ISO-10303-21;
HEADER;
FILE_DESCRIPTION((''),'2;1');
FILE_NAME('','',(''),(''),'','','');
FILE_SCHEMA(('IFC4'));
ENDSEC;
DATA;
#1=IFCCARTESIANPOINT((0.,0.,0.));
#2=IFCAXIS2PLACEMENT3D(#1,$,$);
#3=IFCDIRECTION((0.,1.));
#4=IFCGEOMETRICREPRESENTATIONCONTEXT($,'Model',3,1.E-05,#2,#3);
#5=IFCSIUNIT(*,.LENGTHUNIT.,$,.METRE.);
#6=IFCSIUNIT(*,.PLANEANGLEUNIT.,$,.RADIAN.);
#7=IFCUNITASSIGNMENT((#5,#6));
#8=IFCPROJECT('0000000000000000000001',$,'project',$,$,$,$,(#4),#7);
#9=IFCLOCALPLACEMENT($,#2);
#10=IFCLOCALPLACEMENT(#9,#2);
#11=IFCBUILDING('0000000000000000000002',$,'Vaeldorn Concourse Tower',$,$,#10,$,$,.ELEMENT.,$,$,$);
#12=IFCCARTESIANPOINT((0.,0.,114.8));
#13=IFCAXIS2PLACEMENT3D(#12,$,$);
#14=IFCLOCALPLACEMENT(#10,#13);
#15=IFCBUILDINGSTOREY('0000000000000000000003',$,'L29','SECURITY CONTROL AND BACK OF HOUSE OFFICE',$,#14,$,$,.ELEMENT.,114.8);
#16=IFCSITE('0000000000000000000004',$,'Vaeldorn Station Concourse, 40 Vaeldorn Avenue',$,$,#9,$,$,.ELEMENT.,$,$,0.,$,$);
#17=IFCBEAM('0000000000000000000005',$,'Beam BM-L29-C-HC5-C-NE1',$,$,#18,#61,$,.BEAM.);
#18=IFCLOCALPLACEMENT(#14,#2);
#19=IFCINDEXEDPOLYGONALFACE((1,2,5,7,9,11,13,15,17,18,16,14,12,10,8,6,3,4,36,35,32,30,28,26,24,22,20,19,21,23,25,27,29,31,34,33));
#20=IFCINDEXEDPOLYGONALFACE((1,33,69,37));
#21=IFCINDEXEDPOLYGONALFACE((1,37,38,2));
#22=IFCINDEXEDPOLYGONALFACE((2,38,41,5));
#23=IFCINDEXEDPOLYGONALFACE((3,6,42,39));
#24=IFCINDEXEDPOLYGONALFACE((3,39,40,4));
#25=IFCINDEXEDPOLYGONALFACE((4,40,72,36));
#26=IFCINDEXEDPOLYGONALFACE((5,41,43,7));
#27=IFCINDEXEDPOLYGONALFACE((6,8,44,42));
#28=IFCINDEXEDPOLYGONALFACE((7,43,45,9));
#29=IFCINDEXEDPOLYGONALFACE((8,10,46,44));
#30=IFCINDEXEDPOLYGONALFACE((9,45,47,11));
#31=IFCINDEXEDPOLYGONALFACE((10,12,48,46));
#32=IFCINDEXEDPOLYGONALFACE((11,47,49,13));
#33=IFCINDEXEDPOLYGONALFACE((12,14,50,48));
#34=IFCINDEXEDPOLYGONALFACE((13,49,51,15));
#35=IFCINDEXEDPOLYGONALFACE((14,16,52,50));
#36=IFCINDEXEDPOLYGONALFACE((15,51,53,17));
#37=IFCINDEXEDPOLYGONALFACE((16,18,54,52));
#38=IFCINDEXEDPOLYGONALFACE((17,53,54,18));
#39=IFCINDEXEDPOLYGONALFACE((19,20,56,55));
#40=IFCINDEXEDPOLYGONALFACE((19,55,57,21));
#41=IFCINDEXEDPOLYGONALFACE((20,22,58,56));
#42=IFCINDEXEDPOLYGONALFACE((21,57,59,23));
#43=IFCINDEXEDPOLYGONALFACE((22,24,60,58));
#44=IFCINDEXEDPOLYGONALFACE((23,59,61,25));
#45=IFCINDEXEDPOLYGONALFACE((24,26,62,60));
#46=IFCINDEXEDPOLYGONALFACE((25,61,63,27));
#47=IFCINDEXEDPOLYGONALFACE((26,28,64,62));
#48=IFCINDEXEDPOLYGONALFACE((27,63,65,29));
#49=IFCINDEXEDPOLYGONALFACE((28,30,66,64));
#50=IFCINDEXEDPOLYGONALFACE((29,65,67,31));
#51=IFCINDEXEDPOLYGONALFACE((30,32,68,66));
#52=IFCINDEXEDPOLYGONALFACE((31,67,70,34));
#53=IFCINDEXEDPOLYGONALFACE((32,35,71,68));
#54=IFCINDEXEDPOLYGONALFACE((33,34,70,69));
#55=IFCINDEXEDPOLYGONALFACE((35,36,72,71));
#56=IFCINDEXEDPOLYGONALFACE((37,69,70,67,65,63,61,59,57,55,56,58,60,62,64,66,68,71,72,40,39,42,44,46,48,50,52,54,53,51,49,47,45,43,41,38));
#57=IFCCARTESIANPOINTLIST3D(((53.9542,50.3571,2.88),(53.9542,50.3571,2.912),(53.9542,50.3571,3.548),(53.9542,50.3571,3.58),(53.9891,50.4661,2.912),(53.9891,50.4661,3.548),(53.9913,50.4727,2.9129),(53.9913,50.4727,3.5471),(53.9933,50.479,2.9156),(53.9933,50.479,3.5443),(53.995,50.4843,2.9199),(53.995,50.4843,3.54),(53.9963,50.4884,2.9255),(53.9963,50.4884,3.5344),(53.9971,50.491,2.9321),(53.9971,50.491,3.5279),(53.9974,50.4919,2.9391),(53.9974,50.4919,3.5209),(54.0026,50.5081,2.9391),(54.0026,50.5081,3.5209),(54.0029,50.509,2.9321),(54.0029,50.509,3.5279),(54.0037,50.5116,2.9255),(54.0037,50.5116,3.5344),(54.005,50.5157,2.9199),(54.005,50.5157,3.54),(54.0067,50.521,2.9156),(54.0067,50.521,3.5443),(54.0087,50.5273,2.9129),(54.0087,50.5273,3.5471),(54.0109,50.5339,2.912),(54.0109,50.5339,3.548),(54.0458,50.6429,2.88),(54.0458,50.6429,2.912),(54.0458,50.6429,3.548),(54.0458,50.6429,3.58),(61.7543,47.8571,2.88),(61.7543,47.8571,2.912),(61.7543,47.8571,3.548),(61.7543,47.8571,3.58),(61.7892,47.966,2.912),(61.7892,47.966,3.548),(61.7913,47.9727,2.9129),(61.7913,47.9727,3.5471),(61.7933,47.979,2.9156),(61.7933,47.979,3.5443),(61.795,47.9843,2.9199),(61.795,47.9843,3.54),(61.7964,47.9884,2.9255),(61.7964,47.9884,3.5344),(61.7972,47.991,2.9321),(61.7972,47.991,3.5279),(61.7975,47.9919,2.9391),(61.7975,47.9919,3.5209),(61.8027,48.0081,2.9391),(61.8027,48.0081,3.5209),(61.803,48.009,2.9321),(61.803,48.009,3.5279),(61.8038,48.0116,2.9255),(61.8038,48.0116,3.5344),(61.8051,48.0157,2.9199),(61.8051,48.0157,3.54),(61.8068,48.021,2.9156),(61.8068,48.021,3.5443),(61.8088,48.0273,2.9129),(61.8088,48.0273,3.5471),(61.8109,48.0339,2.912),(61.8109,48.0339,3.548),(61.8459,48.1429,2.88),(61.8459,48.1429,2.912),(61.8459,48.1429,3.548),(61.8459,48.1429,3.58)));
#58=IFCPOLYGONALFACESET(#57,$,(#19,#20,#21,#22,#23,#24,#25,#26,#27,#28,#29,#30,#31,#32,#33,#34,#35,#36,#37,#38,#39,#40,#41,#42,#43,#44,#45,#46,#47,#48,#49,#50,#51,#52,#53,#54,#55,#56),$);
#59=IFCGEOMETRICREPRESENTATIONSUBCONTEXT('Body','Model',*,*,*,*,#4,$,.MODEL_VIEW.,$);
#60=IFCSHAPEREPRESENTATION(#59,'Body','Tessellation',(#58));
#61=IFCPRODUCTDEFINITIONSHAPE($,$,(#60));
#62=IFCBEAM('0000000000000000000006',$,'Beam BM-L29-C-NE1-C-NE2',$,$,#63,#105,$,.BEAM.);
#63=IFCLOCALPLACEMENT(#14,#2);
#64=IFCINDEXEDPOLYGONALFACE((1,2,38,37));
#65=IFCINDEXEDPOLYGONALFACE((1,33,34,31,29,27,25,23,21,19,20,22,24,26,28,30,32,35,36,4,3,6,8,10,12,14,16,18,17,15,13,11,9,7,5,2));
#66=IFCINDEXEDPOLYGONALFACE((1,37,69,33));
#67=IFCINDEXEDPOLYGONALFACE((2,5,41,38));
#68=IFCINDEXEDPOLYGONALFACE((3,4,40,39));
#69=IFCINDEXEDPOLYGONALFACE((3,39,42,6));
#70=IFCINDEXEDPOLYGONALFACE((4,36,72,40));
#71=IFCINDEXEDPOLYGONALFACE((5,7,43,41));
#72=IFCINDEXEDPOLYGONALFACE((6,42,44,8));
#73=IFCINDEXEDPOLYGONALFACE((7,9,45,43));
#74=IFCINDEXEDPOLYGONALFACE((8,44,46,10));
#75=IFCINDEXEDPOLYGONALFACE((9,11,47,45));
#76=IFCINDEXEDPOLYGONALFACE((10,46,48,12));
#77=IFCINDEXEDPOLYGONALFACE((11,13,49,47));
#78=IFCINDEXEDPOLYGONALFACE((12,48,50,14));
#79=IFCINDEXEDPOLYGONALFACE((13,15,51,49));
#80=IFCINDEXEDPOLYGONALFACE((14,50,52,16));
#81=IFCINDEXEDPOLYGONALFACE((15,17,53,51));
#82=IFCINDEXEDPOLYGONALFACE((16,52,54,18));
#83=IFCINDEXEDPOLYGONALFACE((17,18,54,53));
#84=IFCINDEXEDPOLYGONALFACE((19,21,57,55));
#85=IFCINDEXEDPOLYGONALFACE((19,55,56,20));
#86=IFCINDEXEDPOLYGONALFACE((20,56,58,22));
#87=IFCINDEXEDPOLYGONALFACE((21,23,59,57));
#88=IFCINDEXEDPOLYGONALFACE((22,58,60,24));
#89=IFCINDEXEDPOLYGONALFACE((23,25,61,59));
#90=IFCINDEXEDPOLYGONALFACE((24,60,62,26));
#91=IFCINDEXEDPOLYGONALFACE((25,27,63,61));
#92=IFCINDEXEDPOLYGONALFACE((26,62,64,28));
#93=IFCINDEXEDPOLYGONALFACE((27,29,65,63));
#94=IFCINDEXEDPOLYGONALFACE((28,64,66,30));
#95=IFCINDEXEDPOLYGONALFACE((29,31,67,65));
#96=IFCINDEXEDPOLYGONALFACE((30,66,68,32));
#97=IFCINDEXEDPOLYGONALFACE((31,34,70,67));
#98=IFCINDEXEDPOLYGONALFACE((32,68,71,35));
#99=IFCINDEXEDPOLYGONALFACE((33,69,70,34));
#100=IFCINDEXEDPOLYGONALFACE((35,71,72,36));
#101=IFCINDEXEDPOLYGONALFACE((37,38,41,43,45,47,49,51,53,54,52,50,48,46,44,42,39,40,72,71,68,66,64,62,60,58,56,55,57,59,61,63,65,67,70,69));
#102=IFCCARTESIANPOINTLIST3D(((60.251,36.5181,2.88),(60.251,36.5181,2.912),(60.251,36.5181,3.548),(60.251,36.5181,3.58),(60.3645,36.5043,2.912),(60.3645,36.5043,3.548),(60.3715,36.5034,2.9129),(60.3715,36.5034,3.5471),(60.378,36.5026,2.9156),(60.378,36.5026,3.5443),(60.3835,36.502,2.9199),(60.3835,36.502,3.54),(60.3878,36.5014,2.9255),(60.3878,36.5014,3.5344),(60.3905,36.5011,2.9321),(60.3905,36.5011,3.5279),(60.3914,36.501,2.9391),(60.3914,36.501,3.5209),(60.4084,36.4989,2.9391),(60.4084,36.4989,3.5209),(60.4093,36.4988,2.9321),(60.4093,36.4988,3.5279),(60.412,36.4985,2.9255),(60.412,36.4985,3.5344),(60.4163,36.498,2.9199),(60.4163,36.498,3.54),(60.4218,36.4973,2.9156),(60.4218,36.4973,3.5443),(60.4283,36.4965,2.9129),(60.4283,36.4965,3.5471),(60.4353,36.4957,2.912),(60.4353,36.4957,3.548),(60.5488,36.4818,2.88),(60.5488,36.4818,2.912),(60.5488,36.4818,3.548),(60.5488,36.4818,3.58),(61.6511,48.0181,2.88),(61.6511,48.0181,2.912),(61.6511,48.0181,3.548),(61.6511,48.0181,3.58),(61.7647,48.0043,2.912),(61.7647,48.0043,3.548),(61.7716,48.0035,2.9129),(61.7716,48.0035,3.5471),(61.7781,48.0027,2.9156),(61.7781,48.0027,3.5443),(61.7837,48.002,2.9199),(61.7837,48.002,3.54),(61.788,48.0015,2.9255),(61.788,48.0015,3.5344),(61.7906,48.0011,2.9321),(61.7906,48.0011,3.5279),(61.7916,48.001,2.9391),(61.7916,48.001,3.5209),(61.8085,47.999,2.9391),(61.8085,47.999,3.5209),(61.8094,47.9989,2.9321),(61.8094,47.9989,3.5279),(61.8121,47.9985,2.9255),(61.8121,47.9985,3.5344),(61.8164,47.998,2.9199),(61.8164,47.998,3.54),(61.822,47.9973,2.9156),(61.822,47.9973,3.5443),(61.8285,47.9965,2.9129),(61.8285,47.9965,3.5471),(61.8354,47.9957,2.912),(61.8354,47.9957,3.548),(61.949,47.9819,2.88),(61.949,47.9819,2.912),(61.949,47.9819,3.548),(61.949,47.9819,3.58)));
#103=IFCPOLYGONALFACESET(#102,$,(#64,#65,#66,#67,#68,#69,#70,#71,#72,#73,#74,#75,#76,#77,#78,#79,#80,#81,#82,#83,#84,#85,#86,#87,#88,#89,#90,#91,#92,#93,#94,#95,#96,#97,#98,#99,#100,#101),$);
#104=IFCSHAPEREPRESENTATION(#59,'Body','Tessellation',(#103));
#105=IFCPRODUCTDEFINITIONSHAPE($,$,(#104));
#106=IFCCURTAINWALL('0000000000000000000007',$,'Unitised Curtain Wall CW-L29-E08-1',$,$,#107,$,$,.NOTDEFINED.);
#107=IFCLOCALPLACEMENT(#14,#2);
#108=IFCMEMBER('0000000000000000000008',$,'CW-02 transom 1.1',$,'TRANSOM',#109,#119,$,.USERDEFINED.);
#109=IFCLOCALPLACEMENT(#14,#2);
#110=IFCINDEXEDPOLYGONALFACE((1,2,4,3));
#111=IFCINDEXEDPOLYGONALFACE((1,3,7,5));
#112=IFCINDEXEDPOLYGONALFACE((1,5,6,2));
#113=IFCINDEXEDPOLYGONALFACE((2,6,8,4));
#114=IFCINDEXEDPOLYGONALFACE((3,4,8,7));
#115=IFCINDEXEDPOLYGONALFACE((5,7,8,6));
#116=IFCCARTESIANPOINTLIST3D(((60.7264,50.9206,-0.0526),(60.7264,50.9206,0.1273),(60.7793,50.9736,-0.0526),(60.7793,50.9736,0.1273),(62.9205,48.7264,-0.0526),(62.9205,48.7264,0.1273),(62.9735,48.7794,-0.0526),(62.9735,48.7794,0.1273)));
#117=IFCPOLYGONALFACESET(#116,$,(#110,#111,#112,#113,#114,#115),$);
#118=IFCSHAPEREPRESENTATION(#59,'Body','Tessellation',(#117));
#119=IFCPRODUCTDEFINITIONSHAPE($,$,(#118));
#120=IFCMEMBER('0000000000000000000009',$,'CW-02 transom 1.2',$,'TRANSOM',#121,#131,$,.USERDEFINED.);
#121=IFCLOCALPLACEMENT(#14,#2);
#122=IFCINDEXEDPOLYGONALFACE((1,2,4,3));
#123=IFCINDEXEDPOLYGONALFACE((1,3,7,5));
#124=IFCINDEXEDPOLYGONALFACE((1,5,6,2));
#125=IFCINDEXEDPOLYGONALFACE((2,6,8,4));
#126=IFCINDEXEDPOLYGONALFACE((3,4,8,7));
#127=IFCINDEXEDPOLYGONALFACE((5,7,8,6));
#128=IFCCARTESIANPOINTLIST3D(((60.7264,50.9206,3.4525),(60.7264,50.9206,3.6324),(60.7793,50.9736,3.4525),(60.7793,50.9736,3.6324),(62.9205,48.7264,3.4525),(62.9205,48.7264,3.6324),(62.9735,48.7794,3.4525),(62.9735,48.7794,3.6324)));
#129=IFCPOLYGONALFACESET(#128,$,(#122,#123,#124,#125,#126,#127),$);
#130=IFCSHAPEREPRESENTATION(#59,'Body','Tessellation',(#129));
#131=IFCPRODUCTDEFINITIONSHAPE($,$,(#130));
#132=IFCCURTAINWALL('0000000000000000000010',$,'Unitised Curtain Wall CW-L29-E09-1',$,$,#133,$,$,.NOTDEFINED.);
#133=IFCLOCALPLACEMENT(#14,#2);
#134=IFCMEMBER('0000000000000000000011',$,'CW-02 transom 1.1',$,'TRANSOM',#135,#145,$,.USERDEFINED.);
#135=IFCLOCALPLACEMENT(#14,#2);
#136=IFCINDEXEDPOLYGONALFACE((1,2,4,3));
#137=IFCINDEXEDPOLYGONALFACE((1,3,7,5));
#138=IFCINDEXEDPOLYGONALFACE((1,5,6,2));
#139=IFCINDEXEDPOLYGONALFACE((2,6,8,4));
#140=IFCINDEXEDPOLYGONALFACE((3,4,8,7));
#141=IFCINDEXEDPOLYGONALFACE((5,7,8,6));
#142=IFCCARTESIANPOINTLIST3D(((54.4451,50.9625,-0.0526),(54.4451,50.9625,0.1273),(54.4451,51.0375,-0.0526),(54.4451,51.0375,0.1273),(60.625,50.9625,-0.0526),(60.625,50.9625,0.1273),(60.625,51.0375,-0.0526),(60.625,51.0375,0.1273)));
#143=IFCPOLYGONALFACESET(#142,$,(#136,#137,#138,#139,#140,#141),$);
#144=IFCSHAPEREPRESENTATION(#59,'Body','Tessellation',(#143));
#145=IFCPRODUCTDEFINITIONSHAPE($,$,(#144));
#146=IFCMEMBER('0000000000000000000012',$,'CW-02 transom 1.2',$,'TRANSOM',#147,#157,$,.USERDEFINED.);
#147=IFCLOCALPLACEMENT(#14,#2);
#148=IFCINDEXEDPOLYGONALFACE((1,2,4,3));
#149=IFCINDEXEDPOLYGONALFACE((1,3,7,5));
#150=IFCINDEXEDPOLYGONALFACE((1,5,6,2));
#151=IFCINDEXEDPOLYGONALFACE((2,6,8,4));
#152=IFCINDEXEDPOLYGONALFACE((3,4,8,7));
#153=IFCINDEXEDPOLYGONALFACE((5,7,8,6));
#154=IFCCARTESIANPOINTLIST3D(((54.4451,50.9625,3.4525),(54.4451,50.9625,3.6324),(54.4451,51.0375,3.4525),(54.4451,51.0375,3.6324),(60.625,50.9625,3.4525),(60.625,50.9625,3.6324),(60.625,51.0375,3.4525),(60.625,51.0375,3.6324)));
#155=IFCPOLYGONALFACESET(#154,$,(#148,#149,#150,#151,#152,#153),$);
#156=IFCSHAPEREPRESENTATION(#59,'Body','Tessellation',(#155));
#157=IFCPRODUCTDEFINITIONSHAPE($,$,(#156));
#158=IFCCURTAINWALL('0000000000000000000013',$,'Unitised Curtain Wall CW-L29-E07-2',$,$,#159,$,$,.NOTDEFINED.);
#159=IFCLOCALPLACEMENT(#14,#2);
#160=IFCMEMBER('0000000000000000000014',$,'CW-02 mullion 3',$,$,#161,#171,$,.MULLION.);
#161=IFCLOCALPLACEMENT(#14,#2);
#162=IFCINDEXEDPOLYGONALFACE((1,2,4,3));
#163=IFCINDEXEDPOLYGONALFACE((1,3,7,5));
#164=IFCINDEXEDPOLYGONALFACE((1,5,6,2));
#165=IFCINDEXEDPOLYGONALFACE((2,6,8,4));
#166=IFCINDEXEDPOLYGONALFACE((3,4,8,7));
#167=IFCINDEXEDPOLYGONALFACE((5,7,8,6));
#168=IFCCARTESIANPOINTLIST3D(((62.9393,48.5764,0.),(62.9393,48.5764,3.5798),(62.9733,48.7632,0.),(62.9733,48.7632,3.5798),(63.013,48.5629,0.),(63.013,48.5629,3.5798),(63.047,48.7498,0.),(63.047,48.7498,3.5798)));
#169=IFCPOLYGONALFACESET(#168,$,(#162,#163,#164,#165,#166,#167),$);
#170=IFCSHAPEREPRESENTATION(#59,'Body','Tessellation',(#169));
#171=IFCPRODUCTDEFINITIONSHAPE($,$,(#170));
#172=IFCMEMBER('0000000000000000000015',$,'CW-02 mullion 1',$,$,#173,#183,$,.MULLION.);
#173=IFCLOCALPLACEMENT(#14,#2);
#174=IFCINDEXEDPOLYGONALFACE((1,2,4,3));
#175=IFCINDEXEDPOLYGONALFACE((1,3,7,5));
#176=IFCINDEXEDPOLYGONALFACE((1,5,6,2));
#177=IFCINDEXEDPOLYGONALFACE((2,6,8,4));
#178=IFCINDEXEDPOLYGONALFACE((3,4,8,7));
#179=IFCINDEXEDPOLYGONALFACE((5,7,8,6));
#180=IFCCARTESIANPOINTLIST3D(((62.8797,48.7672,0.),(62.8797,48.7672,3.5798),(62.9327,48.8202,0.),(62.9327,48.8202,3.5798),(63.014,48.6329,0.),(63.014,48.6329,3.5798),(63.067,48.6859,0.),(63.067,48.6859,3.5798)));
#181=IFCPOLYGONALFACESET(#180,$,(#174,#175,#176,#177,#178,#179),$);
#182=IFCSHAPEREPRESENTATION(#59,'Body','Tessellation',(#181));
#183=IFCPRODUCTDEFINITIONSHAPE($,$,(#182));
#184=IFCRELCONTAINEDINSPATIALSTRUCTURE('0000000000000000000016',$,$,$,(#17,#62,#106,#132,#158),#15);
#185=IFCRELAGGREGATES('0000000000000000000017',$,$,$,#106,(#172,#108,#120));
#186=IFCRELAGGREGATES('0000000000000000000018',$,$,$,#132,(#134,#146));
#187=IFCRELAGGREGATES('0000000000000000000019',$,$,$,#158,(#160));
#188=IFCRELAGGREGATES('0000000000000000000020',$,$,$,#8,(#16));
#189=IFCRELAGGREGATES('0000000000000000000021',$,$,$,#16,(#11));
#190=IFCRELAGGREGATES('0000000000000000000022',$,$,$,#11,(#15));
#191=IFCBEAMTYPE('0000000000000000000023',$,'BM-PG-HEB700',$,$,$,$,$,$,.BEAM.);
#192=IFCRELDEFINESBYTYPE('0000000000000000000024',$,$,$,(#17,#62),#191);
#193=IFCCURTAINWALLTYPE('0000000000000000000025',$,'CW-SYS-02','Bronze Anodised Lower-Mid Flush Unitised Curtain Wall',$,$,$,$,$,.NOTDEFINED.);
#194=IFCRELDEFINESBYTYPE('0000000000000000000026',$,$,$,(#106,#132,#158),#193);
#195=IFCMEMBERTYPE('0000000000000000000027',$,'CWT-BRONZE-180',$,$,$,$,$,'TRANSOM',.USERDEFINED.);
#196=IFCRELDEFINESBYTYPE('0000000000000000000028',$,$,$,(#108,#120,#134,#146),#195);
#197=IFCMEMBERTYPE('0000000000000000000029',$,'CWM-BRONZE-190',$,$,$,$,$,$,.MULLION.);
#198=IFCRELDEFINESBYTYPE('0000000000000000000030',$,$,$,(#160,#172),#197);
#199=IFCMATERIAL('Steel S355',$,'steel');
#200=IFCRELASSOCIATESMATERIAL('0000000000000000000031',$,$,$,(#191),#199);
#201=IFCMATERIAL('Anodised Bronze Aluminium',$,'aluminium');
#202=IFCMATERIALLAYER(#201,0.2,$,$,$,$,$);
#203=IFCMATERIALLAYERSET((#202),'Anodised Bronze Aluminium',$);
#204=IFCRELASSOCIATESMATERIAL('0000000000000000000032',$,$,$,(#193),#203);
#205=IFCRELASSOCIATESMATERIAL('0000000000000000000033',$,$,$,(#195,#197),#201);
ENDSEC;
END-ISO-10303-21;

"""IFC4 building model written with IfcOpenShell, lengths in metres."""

from ifc_helpers import new_model, si_unit, direction, frame, origin, origin_2d, place, context, subcontext, project, spatial, rectangle, i_section, extrude, source, transform, mapped, material, layer, layer_set, material_profile, profile_set, type_object, element, aggregate, save


model = new_model("IFC4")

# Units and contexts
model_context = context("Model", 3, precision=1e-05, world=origin(), true_north=direction((0.0, 1.0)))
body_context = subcontext(model_context, "Body", "Model", "MODEL_VIEW")
ifc_project = project(units=[si_unit("LENGTHUNIT", "METRE"), si_unit("PLANEANGLEUNIT", "RADIAN")], contexts=[model_context])

# Site, building, storey
site_placement = place(None, origin())
site = spatial("IfcSite", under=ifc_project, at=site_placement, Name="Vaeldorn Station Concourse, 40 Vaeldorn Avenue", CompositionType="ELEMENT", RefElevation=0.0)
building_placement = place(site_placement, origin())
building = spatial("IfcBuilding", under=site, at=building_placement, Name="Vaeldorn Concourse Tower", CompositionType="ELEMENT")
storey_placement = place(building_placement, frame((0.0, 0.0, 114.8)))
storey = spatial("IfcBuildingStorey", under=building, at=storey_placement, Name="L29", Description="SECURITY CONTROL AND BACK OF HOUSE OFFICE", CompositionType="ELEMENT", Elevation=114.8)

# Beams
ifc_material_1 = material(Name="Steel S355", Category="steel")
ifc_material_profile_1 = material_profile(ifc_material_1, i_section(OverallWidth=0.3, OverallDepth=0.7, WebThickness=0.0171, FlangeThickness=0.032, FilletRadius=0.0271, at=origin_2d()), Name="HEB 700")
ifc_profile_set_1 = profile_set([ifc_material_profile_1], Name="Steel S355")
beam_type_1 = type_object("IfcBeamType", Name="BM-PG-HEB700", PredefinedType="BEAM", material=ifc_profile_set_1)
shared_shape_1 = source(origin(), body_context, "Body", "SweptSolid", [
    extrude(i_section(OverallWidth=0.3, OverallDepth=0.7, WebThickness=0.0171, FlangeThickness=0.032, FilletRadius=0.0271, at=origin_2d()), origin(), (0.0, 0.0, 1.0), 8.1909),
])
beam_1_placement = place(storey_placement, frame((54.0, 50.5, 3.23), z_axis=(0.952283, -0.305217, 0.0), x_axis=(0.305217, 0.952283, 0.0)))
element("IfcBeam", 1, at=beam_1_placement, inside=storey, type_object=beam_type_1, Name="Beam BM-L29-C-HC5-C-NE1", PredefinedType="BEAM", context=body_context, shape_type="MappedRepresentation", body=[
    mapped(shared_shape_1, transform((0.0, 0.0, 0.0), scale=1.0)),
])
shared_shape_2 = source(origin(), body_context, "Body", "SweptSolid", [
    extrude(i_section(OverallWidth=0.3, OverallDepth=0.7, WebThickness=0.0171, FlangeThickness=0.032, FilletRadius=0.0271, at=origin_2d()), origin(), (0.0, 0.0, 1.0), 11.585),
])
beam_2_placement = place(storey_placement, frame((61.8, 48.0, 3.23), z_axis=(-0.120859, -0.99267, 0.0), x_axis=(0.99267, -0.120859, 0.0)))
element("IfcBeam", 2, at=beam_2_placement, inside=storey, type_object=beam_type_1, Name="Beam BM-L29-C-NE1-C-NE2", PredefinedType="BEAM", context=body_context, shape_type="MappedRepresentation", body=[
    mapped(shared_shape_2, transform((0.0, 0.0, 0.0), scale=1.0)),
])

# Curtain walls, members
ifc_material_2 = material(Name="Anodised Bronze Aluminium", Category="aluminium")
ifc_layer_1 = layer(ifc_material_2, 0.2)
ifc_layer_set_1 = layer_set([ifc_layer_1], Name="Anodised Bronze Aluminium")
curtain_wall_type = type_object("IfcCurtainWallType", Name="CW-SYS-02", Description="Bronze Anodised Lower-Mid Flush Unitised Curtain Wall", PredefinedType="NOTDEFINED", material=ifc_layer_set_1)
curtain_wall_1_placement = place(storey_placement, origin())
curtain_wall_1 = element("IfcCurtainWall", 3, at=curtain_wall_1_placement, inside=storey, type_object=curtain_wall_type, Name="Unitised Curtain Wall CW-L29-E08-1", PredefinedType="NOTDEFINED")
ifc_material_profile_2 = material_profile(ifc_material_2, rectangle(XDim=0.075, YDim=0.1799, at=origin_2d()), Name="CWT 75x180")
ifc_profile_set_2 = profile_set([ifc_material_profile_2], Name="Anodised Bronze Aluminium")
member_type_1 = type_object("IfcMemberType", Name="CWT-BRONZE-180", ElementType="TRANSOM", PredefinedType="USERDEFINED", material=ifc_profile_set_2)
shared_shape_3 = source(origin(), body_context, "Body", "SweptSolid", [
    extrude(rectangle(XDim=0.075, YDim=0.1799, at=origin_2d()), origin(), (0.0, 0.0, 1.0), 3.103),
])
member_1_placement = place(storey_placement, frame((62.947, 48.7529, 0.0374), z_axis=(-0.707107, 0.707107, 0.0), x_axis=(-0.707107, -0.707107, 0.0)))
member_1 = element("IfcMember", 4, at=member_1_placement, type_object=member_type_1, Name="CW-02 transom 1.1", ObjectType="TRANSOM", PredefinedType="USERDEFINED", context=body_context, shape_type="MappedRepresentation", body=[
    mapped(shared_shape_3, transform((0.0, 0.0, 0.0), scale=1.0)),
])
member_2_placement = place(storey_placement, frame((62.947, 48.7529, 3.5425), z_axis=(-0.707107, 0.707107, 0.0), x_axis=(-0.707107, -0.707107, 0.0)))
member_2 = element("IfcMember", 5, at=member_2_placement, type_object=member_type_1, Name="CW-02 transom 1.2", ObjectType="TRANSOM", PredefinedType="USERDEFINED", context=body_context, shape_type="MappedRepresentation", body=[
    mapped(shared_shape_3, transform((0.0, 0.0, 0.0), scale=1.0)),
])
curtain_wall_2_placement = place(storey_placement, origin())
curtain_wall_2 = element("IfcCurtainWall", 6, at=curtain_wall_2_placement, inside=storey, type_object=curtain_wall_type, Name="Unitised Curtain Wall CW-L29-E09-1", PredefinedType="NOTDEFINED")
shared_shape_4 = source(origin(), body_context, "Body", "SweptSolid", [
    extrude(rectangle(XDim=0.075, YDim=0.1799, at=origin_2d()), origin(), (0.0, 0.0, 1.0), 6.1799),
])
member_3_placement = place(storey_placement, frame((60.625, 51.0, 0.0374), z_axis=(-1.0, 0.0, 0.0), x_axis=(0.0, -1.0, 0.0)))
member_3 = element("IfcMember", 7, at=member_3_placement, type_object=member_type_1, Name="CW-02 transom 1.1", ObjectType="TRANSOM", PredefinedType="USERDEFINED", context=body_context, shape_type="MappedRepresentation", body=[
    mapped(shared_shape_4, transform((0.0, 0.0, 0.0), scale=1.0)),
])
member_4_placement = place(storey_placement, frame((60.625, 51.0, 3.5425), z_axis=(-1.0, 0.0, 0.0), x_axis=(0.0, -1.0, 0.0)))
member_4 = element("IfcMember", 8, at=member_4_placement, type_object=member_type_1, Name="CW-02 transom 1.2", ObjectType="TRANSOM", PredefinedType="USERDEFINED", context=body_context, shape_type="MappedRepresentation", body=[
    mapped(shared_shape_4, transform((0.0, 0.0, 0.0), scale=1.0)),
])

# Curtain wall, member
curtain_wall_3_placement = place(storey_placement, origin())
curtain_wall_3 = element("IfcCurtainWall", 9, at=curtain_wall_3_placement, inside=storey, type_object=curtain_wall_type, Name="Unitised Curtain Wall CW-L29-E07-2", PredefinedType="NOTDEFINED")
ifc_material_profile_3 = material_profile(ifc_material_2, rectangle(XDim=0.075, YDim=0.1899, at=origin_2d()), Name="CWM 75x190")
ifc_profile_set_3 = profile_set([ifc_material_profile_3], Name="Anodised Bronze Aluminium")
member_type_2 = type_object("IfcMemberType", Name="CWM-BRONZE-190", PredefinedType="MULLION", material=ifc_profile_set_3)
shared_shape_5 = source(origin(), body_context, "Body", "SweptSolid", [
    extrude(rectangle(XDim=0.075, YDim=0.1899, at=origin_2d()), origin(), (0.0, 0.0, 1.0), 3.5798),
])
member_5_placement = place(storey_placement, frame((62.9932, 48.6631, 0.0), z_axis=(0.0, 0.0, 1.0), x_axis=(-0.983828, 0.179114, 0.0)))
member_5 = element("IfcMember", 10, at=member_5_placement, type_object=member_type_2, Name="CW-02 mullion 3", PredefinedType="MULLION", context=body_context, shape_type="MappedRepresentation", body=[
    mapped(shared_shape_5, transform((0.0, 0.0, 0.0), scale=1.0)),
])

# Member
member_6_placement = place(storey_placement, frame((62.9734, 48.7266, 0.0), z_axis=(0.0, 0.0, 1.0), x_axis=(-0.707107, -0.707107, 0.0)))
member_6 = element("IfcMember", 11, at=member_6_placement, type_object=member_type_2, Name="CW-02 mullion 1", PredefinedType="MULLION", context=body_context, shape_type="MappedRepresentation", body=[
    mapped(shared_shape_5, transform((0.0, 0.0, 0.0), scale=1.0)),
])

aggregate(curtain_wall_1, [member_6, member_1, member_2])
aggregate(curtain_wall_2, [member_3, member_4])
aggregate(curtain_wall_3, [member_5])

save(model, "model.ifc")
